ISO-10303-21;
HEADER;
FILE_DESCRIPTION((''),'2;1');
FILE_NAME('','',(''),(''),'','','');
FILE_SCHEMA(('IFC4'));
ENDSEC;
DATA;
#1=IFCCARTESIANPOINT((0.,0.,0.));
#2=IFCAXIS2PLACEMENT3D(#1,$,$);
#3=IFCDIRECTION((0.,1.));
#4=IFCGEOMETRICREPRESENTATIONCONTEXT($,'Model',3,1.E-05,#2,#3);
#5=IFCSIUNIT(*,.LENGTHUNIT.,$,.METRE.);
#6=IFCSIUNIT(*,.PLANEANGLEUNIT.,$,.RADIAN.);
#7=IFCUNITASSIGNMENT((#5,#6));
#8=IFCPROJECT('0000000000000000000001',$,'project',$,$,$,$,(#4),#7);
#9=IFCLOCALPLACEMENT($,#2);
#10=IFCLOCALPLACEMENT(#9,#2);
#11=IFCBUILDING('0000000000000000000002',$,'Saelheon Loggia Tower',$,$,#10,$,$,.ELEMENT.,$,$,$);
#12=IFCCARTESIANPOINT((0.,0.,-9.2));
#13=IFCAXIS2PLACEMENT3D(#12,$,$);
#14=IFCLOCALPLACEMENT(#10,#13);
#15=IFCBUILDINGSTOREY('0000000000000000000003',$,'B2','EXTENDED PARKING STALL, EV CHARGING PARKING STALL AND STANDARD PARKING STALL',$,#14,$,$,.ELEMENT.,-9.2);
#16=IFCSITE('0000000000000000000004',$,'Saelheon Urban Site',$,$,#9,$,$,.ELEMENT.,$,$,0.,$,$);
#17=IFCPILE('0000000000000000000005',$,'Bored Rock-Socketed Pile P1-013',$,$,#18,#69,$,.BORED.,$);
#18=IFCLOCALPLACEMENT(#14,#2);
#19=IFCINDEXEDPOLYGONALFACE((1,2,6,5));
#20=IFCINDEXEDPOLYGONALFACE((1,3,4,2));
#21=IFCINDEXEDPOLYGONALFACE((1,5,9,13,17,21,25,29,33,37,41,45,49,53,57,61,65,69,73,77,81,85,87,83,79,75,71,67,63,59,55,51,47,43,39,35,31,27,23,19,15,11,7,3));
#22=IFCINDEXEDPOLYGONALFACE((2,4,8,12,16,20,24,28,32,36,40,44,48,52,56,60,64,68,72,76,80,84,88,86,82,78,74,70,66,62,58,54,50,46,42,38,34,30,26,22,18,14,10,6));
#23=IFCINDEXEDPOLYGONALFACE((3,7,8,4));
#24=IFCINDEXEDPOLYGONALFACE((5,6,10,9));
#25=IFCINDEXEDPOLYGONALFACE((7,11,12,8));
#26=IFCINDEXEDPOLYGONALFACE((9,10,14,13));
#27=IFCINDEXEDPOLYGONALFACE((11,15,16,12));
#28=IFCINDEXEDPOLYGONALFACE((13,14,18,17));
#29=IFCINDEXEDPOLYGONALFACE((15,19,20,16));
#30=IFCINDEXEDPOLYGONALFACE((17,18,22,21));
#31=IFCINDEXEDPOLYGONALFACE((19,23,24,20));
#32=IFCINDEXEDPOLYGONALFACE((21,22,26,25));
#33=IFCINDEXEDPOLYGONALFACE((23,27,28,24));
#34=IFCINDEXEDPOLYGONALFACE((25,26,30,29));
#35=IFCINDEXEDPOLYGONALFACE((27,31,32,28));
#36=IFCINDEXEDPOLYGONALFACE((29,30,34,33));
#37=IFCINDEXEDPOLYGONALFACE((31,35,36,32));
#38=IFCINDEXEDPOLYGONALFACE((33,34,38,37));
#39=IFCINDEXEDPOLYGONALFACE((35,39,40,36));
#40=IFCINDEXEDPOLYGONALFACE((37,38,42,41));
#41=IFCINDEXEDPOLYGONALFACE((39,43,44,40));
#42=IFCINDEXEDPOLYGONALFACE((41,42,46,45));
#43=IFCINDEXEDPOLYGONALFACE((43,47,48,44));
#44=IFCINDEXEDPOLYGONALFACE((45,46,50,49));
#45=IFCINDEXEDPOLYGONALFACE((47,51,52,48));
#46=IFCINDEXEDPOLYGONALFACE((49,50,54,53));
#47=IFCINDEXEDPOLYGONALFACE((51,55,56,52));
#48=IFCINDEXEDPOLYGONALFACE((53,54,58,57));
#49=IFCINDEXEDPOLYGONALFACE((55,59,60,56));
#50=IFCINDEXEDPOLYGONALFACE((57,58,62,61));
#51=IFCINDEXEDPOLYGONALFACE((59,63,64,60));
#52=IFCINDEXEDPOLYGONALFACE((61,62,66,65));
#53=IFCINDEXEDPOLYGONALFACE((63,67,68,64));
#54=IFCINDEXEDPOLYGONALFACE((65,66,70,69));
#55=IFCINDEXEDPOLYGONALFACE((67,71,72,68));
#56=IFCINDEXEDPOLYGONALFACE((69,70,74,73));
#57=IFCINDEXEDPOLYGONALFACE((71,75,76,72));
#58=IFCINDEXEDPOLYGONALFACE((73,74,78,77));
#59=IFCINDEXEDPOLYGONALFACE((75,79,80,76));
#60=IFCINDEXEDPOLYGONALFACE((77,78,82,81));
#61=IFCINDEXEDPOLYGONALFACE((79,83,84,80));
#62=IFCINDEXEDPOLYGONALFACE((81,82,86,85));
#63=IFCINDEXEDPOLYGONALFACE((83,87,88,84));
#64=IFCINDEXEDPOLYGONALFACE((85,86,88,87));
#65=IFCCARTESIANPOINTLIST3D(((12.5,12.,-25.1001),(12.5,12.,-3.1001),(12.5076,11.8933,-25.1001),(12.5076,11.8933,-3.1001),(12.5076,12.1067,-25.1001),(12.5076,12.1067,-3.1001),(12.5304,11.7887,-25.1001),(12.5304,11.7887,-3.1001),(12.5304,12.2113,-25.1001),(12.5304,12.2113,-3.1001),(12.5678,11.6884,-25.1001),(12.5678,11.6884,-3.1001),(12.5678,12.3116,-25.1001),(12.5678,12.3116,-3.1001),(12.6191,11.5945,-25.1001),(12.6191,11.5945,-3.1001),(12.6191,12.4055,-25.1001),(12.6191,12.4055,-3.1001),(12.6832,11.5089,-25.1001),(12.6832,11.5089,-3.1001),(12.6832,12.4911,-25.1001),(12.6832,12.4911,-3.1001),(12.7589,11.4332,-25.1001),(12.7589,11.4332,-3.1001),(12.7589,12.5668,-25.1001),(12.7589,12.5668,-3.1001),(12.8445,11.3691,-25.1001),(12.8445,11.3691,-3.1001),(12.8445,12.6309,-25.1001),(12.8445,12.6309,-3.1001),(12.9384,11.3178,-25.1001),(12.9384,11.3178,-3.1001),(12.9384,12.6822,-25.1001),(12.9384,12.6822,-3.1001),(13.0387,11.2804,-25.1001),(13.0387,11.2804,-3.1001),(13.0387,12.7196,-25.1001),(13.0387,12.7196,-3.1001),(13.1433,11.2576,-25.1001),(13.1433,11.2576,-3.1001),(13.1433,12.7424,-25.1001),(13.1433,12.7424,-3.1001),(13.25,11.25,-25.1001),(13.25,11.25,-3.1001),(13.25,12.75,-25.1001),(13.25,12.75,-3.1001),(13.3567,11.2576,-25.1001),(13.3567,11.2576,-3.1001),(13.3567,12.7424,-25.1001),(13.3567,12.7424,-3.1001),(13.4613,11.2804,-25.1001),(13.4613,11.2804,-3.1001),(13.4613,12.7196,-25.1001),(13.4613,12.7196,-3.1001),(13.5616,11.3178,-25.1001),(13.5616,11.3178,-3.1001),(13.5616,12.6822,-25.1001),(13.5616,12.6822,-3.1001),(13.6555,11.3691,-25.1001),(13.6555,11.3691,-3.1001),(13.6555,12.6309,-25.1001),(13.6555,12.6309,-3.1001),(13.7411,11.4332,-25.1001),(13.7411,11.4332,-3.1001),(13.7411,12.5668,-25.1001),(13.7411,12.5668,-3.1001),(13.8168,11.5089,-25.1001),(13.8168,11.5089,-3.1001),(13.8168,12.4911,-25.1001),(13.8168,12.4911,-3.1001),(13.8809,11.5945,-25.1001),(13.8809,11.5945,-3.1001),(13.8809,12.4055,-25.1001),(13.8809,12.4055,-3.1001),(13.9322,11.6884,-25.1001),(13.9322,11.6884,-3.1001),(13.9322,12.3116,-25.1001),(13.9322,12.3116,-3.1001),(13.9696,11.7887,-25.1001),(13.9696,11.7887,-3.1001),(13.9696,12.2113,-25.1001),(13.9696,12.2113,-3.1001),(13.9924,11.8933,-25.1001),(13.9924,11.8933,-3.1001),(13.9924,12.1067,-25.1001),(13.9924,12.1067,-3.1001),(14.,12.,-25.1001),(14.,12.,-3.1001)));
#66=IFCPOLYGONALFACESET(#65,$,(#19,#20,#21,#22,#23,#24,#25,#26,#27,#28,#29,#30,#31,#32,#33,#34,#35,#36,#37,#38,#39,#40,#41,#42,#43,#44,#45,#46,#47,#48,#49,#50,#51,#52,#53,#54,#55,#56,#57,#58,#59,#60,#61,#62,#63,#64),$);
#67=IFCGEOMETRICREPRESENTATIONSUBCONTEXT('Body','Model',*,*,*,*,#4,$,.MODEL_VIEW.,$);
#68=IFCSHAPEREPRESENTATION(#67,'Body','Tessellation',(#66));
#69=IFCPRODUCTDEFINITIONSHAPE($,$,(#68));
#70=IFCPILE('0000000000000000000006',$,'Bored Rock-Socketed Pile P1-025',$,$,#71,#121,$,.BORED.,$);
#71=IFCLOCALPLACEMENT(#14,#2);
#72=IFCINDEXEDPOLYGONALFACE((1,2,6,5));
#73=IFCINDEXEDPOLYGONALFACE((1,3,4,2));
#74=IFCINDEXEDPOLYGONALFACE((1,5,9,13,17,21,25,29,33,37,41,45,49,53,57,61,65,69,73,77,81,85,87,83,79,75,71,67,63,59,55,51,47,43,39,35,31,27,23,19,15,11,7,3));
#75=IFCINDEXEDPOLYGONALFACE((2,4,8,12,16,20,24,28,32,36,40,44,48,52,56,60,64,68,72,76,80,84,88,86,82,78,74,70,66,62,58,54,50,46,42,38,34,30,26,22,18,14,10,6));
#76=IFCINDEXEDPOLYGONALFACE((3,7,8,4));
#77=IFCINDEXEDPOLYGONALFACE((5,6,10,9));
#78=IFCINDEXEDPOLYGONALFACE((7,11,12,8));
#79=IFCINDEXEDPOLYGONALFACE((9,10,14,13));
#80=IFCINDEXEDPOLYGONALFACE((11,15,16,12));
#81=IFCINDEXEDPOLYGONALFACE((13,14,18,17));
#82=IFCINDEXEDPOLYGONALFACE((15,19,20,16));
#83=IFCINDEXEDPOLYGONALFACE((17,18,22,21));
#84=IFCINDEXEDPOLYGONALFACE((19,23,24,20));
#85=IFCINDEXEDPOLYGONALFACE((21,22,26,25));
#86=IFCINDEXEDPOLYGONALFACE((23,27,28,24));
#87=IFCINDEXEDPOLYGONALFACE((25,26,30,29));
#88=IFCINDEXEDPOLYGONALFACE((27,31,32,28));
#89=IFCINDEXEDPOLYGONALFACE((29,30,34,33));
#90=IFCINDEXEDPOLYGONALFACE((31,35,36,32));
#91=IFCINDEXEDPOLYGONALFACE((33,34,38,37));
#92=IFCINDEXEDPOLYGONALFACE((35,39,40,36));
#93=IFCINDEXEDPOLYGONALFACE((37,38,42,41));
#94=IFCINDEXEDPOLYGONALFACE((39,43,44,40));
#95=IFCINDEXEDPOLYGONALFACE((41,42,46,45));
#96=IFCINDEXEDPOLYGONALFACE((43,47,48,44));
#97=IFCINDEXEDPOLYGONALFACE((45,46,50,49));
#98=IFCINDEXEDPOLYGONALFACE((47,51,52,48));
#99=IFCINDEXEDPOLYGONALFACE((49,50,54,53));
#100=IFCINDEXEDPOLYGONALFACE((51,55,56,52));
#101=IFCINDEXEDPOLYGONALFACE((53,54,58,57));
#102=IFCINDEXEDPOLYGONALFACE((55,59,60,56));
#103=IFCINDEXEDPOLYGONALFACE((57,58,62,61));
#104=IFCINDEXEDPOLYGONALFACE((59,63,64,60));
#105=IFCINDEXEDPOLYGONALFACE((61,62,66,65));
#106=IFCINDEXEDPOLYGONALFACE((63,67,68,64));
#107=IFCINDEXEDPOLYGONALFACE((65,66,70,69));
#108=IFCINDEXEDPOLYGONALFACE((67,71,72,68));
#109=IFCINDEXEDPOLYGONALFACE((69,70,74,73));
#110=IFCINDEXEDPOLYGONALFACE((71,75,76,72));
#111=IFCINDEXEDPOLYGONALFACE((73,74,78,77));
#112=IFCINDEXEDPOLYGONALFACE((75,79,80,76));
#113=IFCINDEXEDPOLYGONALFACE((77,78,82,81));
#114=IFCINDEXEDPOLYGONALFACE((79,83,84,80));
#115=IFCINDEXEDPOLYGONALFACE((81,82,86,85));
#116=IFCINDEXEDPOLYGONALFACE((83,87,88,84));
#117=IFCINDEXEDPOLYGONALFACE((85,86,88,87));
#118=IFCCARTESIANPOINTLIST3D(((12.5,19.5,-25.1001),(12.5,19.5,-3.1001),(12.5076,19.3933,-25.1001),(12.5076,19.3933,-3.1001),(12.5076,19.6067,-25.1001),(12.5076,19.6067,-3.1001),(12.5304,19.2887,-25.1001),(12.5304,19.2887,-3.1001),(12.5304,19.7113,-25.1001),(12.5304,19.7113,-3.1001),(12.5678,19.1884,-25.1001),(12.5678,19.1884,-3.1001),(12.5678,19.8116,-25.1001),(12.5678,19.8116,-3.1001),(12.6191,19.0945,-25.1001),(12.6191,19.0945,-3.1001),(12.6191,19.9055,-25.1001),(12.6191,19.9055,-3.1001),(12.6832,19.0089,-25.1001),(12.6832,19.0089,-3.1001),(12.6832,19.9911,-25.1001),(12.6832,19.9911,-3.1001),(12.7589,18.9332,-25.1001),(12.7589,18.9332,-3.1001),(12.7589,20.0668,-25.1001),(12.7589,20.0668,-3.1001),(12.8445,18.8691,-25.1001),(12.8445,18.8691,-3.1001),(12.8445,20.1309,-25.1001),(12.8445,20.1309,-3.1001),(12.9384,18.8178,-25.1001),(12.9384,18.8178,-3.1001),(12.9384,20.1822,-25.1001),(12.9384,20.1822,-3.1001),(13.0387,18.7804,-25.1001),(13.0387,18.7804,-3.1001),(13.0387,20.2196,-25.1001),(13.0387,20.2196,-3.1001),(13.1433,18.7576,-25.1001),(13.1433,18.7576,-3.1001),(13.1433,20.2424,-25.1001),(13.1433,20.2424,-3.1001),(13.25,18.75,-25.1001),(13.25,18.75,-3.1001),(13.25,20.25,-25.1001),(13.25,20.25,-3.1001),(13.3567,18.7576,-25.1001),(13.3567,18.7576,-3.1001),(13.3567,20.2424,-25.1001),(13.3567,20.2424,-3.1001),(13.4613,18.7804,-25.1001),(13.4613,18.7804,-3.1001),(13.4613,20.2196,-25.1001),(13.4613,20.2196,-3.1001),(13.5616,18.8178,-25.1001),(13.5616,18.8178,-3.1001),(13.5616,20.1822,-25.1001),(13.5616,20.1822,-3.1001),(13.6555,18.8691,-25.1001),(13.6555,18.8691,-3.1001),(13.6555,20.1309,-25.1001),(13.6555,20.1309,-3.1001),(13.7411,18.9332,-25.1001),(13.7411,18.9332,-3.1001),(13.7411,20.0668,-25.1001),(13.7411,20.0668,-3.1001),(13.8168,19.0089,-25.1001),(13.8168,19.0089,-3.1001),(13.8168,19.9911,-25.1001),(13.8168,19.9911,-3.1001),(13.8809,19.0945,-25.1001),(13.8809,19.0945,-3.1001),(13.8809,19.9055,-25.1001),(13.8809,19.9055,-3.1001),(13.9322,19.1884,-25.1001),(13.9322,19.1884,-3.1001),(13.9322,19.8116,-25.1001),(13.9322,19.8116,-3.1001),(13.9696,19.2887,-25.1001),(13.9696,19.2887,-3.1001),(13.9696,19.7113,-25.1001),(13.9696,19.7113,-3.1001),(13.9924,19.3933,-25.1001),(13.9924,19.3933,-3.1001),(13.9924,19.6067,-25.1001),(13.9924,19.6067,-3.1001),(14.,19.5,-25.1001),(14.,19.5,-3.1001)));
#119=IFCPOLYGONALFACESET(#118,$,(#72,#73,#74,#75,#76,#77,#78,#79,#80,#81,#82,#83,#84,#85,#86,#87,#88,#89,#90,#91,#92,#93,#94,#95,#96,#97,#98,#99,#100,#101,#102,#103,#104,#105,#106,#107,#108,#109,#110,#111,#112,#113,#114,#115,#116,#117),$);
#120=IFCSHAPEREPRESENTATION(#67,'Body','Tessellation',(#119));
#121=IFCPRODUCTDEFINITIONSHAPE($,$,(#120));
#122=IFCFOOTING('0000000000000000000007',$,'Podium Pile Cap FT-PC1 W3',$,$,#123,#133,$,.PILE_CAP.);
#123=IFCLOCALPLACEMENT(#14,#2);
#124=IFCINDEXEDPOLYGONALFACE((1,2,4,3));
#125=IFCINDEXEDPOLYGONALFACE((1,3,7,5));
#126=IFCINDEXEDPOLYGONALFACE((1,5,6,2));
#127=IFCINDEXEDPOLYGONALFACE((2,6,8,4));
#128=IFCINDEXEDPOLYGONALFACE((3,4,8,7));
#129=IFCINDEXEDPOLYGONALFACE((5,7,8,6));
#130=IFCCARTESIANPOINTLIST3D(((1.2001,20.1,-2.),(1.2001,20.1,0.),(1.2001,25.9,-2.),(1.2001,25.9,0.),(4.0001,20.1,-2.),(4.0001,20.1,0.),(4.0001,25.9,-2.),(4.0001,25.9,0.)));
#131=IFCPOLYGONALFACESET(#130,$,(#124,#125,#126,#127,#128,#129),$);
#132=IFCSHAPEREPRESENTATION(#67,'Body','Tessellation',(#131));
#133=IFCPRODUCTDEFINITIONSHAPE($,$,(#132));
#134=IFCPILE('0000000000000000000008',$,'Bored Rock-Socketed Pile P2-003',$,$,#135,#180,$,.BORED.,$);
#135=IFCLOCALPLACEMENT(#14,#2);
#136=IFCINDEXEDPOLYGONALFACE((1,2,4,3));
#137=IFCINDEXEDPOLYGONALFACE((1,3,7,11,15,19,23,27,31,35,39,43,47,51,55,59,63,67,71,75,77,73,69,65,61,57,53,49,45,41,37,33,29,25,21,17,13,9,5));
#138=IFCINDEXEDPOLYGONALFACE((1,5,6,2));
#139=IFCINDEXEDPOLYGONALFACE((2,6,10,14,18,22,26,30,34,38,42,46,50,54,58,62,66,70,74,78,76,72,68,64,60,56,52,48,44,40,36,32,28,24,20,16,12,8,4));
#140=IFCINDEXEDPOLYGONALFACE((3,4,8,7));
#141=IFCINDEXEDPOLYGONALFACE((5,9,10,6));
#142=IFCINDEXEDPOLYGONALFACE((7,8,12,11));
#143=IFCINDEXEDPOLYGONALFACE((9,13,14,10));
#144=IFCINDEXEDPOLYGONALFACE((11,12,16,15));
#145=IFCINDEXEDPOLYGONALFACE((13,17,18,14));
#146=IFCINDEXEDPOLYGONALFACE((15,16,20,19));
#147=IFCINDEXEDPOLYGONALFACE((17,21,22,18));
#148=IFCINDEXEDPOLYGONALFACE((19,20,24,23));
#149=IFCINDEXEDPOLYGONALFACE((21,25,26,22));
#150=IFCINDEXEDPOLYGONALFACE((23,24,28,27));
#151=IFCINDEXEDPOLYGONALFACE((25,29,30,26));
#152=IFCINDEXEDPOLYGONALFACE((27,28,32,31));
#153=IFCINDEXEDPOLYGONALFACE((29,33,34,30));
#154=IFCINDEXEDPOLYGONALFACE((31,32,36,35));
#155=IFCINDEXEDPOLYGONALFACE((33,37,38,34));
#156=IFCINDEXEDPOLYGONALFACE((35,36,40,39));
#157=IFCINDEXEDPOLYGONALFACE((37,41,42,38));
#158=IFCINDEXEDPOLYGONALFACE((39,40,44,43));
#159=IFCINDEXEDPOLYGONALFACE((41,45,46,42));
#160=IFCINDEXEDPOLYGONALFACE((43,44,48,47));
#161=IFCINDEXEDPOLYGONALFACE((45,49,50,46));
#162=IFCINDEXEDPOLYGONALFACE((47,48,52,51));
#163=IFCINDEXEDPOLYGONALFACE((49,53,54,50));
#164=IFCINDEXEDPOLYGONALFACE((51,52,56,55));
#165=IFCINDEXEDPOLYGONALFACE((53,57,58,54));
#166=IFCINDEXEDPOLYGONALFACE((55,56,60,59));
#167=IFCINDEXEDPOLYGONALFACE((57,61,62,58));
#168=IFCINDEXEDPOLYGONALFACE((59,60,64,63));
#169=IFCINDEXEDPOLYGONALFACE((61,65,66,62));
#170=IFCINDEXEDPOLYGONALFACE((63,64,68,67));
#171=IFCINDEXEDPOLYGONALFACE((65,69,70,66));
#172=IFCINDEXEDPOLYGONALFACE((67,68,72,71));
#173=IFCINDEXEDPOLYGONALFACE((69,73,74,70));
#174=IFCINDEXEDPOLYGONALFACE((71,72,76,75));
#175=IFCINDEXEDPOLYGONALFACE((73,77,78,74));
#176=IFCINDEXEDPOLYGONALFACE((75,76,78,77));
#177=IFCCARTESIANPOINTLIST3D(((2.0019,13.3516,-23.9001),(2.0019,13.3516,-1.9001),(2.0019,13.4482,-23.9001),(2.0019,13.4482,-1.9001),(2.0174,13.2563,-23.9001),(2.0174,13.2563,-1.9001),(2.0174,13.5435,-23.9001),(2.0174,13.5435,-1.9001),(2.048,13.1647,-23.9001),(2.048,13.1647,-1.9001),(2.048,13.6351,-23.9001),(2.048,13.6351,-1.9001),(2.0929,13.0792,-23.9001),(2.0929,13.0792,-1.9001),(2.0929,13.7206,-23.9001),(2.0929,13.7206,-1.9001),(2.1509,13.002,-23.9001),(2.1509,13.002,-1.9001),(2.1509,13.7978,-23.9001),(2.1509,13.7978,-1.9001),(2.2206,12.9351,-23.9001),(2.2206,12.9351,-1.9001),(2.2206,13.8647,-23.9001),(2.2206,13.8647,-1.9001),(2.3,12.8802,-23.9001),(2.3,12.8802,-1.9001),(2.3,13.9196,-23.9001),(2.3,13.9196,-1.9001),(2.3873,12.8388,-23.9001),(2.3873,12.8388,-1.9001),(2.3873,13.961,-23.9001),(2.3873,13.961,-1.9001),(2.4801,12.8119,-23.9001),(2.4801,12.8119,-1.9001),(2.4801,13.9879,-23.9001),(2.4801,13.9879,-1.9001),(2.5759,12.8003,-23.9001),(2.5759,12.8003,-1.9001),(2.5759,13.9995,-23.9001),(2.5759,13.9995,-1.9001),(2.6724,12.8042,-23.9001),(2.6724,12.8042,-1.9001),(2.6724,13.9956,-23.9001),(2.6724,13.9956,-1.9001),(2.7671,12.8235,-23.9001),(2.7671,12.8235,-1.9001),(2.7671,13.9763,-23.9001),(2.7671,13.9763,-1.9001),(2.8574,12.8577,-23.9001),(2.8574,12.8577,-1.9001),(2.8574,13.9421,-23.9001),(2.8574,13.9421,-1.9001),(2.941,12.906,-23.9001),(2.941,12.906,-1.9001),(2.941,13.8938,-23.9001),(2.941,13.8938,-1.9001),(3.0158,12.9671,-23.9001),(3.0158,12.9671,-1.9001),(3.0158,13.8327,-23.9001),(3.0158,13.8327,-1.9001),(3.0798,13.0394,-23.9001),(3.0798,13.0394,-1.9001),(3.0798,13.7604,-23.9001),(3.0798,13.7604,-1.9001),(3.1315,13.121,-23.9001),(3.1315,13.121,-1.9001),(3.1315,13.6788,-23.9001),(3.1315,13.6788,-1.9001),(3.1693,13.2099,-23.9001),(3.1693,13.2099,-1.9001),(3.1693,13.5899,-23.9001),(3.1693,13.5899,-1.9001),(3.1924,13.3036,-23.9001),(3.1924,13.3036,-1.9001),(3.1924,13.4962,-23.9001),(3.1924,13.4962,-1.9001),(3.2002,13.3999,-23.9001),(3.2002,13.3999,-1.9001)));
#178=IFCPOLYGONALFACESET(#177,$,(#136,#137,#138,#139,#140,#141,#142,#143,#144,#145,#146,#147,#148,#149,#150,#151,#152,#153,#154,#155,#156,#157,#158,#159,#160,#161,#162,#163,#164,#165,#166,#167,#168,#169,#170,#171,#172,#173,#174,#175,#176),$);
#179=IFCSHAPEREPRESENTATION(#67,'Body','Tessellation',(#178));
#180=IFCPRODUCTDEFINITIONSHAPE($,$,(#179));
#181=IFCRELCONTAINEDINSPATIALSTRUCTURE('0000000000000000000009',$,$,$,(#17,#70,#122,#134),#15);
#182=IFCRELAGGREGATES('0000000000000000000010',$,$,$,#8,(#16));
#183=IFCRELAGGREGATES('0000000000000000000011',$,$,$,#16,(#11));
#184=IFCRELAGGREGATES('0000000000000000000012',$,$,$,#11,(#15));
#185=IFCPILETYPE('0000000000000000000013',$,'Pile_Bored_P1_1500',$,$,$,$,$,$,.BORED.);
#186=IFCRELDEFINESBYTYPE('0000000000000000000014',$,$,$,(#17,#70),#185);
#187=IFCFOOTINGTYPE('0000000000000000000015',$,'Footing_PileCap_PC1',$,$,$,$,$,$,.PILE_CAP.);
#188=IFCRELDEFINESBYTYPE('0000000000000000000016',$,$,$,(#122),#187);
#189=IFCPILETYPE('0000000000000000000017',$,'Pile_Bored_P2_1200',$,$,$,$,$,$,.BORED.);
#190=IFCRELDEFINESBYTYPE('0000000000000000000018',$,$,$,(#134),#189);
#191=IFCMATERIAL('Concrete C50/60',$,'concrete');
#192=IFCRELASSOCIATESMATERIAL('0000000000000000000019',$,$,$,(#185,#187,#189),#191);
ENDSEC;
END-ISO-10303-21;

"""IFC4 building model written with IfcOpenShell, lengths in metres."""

from ifc_helpers import new_model, si_unit, direction, frame, origin, origin_2d, place, context, subcontext, project, spatial, rectangle, circle, extrude, source, transform, mapped, material, material_profile, profile_set, type_object, element, save


model = new_model("IFC4")

# Units and contexts
model_context = context("Model", 3, precision=1e-05, world=origin(), true_north=direction((0.0, 1.0)))
body_context = subcontext(model_context, "Body", "Model", "MODEL_VIEW")
ifc_project = project(units=[si_unit("LENGTHUNIT", "METRE"), si_unit("PLANEANGLEUNIT", "RADIAN")], contexts=[model_context])

# Site, building, storey
site_placement = place(None, origin())
site = spatial("IfcSite", under=ifc_project, at=site_placement, Name="Saelheon Urban Site", CompositionType="ELEMENT", RefElevation=0.0)
building_placement = place(site_placement, origin())
building = spatial("IfcBuilding", under=site, at=building_placement, Name="Saelheon Loggia Tower", CompositionType="ELEMENT")
storey_placement = place(building_placement, frame((0.0, 0.0, -9.2)))
storey = spatial("IfcBuildingStorey", under=building, at=storey_placement, Name="B2", Description="EXTENDED PARKING STALL, EV CHARGING PARKING STALL AND STANDARD PARKING STALL", CompositionType="ELEMENT", Elevation=-9.2)

# Piles
ifc_material_1 = material(Name="Concrete C50/60", Category="concrete")
ifc_material_profile_1 = material_profile(ifc_material_1, circle(Radius=0.75, at=origin_2d()), Name="CIRC-1500")
ifc_profile_set_1 = profile_set([ifc_material_profile_1], Name="Concrete C50/60")
pile_type_1 = type_object("IfcPileType", Name="Pile_Bored_P1_1500", PredefinedType="BORED", material=ifc_profile_set_1)
shared_shape_1 = source(origin(), body_context, "Body", "SweptSolid", [
    extrude(circle(Radius=0.75, at=origin_2d()), origin(), (0.0, 0.0, 1.0), 22.0),
])
for number, where, z_axis, x_axis, name in (
    (1, (13.25, 12.0, -3.1001), (0.0, 0.0, -1.0), (1.0, 0.0, 0.0), "Bored Rock-Socketed Pile P1-013"),
    (2, (13.25, 19.5, -3.1001), (0.0, 0.0, -1.0), (1.0, 0.0, 0.0), "Bored Rock-Socketed Pile P1-025"),
):
    element("IfcPile", number, at=place(storey_placement, frame(where, z_axis=z_axis, x_axis=x_axis)), inside=storey, type_object=pile_type_1, Name=name, PredefinedType="BORED", context=body_context, shape_type="MappedRepresentation", body=[
        mapped(shared_shape_1, transform((0.0, 0.0, 0.0), scale=1.0)),
    ])

# Footing
footing_type_1 = type_object("IfcFootingType", Name="Footing_PileCap_PC1", PredefinedType="PILE_CAP", material=ifc_material_1)
shared_shape_2 = source(origin(), body_context, "Body", "SweptSolid", [
    extrude(rectangle(XDim=2.8, YDim=5.8, at=origin_2d()), origin(), (0.0, 0.0, 1.0), 2.0),
])
footing_1_placement = place(storey_placement, frame((2.6001, 23.0, -2.0), z_axis=(0.0, 0.0, 1.0), x_axis=(1.0, 0.0, 0.0)))
element("IfcFooting", 3, at=footing_1_placement, inside=storey, type_object=footing_type_1, Name="Podium Pile Cap FT-PC1 W3", PredefinedType="PILE_CAP", context=body_context, shape_type="MappedRepresentation", body=[
    mapped(shared_shape_2, transform((0.0, 0.0, 0.0), scale=1.0)),
])

# Pile
ifc_material_profile_2 = material_profile(ifc_material_1, circle(Radius=0.6001, at=origin_2d()), Name="CIRC-1200")
ifc_profile_set_2 = profile_set([ifc_material_profile_2], Name="Concrete C50/60")
pile_type_2 = type_object("IfcPileType", Name="Pile_Bored_P2_1200", PredefinedType="BORED", material=ifc_profile_set_2)
shared_shape_3 = source(origin(), body_context, "Body", "SweptSolid", [
    extrude(circle(Radius=0.6001, at=origin_2d()), origin(), (0.0, 0.0, 1.0), 22.0),
])
for number, where, z_axis, x_axis, name in (
    (4, (2.6001, 13.3999, -1.9001), (0.0, 0.0, -1.0), (1.0, 0.0, 0.0), "Bored Rock-Socketed Pile P2-003"),
):
    element("IfcPile", number, at=place(storey_placement, frame(where, z_axis=z_axis, x_axis=x_axis)), inside=storey, type_object=pile_type_2, Name=name, PredefinedType="BORED", context=body_context, shape_type="MappedRepresentation", body=[
        mapped(shared_shape_3, transform((0.0, 0.0, 0.0), scale=1.0)),
    ])

save(model, "model.ifc")
